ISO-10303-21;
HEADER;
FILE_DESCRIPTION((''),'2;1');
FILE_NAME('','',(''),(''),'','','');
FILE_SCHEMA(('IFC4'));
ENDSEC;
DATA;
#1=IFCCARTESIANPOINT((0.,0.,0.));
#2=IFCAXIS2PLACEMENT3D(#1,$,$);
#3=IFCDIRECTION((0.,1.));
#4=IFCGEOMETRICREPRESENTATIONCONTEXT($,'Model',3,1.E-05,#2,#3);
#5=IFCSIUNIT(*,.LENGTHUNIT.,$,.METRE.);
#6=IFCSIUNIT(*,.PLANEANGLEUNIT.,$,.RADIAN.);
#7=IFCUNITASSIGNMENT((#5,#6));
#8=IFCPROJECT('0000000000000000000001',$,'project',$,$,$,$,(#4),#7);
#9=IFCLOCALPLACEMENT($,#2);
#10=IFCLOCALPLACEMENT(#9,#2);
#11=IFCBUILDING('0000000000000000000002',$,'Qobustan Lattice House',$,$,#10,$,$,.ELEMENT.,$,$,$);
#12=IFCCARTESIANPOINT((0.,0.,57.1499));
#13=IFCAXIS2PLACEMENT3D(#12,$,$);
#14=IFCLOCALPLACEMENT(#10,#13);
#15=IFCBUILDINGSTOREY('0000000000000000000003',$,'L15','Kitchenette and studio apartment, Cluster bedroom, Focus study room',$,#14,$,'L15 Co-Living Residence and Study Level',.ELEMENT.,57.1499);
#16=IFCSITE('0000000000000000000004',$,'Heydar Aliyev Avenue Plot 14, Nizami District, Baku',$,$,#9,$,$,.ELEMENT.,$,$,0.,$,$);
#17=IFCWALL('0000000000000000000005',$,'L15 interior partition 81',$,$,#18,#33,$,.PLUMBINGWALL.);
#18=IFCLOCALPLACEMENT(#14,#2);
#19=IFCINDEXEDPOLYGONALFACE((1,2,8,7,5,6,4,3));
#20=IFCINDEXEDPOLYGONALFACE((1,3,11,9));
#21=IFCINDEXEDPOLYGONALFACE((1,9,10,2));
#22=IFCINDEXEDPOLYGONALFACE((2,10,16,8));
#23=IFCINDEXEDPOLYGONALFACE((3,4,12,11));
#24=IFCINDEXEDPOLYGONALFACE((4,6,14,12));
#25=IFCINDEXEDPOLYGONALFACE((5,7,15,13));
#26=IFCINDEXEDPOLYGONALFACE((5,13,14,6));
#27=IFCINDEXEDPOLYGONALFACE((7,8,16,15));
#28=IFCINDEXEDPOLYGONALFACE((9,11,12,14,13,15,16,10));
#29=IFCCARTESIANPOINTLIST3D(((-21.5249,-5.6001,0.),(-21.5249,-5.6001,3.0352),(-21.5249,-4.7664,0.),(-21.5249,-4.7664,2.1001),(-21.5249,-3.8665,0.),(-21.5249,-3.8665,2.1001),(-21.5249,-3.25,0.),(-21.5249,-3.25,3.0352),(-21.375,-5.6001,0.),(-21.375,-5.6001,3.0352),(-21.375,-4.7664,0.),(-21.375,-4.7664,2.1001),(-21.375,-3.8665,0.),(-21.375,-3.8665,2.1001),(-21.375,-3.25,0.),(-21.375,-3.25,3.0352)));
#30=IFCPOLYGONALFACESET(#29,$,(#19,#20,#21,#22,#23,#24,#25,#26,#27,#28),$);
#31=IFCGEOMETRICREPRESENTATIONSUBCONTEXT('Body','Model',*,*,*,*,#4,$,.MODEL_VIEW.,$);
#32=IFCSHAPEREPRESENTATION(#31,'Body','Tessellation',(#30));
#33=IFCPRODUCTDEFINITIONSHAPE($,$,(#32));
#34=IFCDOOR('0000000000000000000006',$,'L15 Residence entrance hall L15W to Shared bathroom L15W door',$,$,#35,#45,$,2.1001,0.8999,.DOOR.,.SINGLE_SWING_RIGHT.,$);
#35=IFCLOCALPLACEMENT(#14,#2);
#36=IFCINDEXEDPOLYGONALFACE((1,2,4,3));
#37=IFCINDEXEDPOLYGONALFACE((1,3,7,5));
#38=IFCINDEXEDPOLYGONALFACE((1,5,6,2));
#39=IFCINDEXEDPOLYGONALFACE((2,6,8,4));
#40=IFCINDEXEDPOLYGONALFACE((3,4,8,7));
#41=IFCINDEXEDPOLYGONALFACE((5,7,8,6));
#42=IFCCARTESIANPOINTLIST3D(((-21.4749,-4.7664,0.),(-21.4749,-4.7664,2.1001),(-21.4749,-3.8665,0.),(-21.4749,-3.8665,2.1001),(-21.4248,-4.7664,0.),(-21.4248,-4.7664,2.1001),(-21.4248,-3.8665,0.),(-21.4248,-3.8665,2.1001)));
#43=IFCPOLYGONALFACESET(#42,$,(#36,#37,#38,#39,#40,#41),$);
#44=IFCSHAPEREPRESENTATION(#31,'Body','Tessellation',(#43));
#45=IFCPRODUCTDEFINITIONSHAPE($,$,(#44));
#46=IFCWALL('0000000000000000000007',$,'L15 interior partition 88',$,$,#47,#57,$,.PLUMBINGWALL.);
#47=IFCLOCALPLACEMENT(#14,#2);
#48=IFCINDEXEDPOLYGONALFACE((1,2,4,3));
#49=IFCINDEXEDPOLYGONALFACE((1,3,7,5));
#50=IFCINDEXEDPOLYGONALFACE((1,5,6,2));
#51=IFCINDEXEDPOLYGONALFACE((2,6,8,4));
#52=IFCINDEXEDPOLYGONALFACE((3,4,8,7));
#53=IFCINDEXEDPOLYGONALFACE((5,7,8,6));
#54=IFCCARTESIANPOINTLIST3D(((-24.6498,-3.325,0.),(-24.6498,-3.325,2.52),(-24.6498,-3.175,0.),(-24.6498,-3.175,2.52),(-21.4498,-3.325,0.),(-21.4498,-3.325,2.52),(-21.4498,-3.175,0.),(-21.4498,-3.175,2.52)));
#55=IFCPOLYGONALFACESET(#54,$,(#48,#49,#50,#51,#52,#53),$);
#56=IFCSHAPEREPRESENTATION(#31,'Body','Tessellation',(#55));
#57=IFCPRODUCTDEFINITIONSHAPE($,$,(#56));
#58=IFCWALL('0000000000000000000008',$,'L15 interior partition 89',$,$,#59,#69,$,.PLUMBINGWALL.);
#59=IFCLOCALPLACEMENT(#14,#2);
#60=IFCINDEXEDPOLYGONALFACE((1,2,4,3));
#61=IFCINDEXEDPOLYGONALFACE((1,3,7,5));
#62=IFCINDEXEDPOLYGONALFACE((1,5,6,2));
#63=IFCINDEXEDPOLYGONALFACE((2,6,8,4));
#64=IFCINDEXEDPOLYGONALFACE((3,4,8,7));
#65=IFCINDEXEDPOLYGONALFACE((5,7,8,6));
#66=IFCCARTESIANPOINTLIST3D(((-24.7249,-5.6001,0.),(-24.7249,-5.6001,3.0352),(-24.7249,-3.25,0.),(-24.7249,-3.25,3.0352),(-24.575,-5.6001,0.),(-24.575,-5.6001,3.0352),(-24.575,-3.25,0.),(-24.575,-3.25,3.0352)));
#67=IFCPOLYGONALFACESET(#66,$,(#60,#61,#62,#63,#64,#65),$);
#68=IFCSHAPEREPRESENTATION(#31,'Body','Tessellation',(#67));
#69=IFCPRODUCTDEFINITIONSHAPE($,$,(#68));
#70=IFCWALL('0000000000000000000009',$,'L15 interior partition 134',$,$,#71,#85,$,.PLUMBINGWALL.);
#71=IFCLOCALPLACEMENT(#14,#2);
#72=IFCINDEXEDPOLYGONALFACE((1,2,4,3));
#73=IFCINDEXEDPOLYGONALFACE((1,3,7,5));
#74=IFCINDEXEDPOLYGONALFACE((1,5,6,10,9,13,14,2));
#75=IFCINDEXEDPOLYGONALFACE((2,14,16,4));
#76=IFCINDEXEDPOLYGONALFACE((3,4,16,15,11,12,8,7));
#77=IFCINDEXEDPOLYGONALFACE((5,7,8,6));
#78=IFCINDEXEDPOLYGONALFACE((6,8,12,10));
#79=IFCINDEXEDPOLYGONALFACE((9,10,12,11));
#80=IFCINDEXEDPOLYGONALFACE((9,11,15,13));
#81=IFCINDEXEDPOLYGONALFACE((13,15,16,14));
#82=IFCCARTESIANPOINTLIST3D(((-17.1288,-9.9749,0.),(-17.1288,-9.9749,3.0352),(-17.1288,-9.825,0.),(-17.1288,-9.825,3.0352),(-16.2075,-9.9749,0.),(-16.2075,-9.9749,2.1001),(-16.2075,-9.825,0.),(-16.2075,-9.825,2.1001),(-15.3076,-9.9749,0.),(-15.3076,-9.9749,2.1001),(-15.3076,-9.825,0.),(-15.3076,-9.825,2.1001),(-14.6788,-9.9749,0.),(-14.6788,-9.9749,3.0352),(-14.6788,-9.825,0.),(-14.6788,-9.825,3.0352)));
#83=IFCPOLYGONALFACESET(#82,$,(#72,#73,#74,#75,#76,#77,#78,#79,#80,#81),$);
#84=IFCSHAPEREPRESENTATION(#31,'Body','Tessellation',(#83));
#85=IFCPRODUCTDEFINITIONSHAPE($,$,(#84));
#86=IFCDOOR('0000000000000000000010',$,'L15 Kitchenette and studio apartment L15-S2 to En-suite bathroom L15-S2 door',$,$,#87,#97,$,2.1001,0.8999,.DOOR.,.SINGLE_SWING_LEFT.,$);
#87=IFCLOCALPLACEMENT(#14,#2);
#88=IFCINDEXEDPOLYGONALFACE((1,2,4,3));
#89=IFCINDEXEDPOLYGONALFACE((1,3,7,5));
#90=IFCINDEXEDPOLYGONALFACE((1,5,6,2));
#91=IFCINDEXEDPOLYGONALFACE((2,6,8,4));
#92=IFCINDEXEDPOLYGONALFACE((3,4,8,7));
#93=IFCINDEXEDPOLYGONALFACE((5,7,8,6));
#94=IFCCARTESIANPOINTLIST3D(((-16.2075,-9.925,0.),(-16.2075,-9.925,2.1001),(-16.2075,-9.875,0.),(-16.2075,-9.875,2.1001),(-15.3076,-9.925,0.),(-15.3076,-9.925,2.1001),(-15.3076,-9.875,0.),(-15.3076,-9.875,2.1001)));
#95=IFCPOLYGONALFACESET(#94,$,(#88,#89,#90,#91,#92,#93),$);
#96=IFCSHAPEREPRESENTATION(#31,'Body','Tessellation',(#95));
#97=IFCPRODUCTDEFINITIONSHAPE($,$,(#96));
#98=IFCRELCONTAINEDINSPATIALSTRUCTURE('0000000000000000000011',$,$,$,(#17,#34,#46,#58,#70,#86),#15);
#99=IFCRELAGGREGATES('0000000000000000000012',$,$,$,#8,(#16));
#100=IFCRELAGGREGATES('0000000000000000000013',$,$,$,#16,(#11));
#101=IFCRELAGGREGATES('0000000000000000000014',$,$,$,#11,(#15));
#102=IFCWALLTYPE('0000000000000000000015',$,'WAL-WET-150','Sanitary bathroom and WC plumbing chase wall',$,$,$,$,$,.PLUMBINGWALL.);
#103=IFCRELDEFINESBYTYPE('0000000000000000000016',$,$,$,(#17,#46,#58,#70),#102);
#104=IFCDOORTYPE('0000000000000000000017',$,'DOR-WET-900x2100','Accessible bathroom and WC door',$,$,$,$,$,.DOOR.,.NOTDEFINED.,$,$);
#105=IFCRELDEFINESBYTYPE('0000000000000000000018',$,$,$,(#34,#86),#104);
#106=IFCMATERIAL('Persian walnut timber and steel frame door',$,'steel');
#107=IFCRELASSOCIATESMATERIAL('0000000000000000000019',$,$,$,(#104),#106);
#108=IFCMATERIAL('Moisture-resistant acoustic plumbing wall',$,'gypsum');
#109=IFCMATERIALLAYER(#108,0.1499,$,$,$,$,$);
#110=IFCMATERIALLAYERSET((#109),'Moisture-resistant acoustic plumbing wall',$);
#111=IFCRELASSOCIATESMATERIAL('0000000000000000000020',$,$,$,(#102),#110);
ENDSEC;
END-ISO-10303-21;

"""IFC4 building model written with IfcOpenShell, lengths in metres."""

from ifc_helpers import new_model, si_unit, direction, frame, frame_2d, origin, place, context, subcontext, project, spatial, rectangle, extrude, material, layer, layer_set, type_object, element, fill, save


model = new_model("IFC4")

# Units and contexts
model_context = context("Model", 3, precision=1e-05, world=origin(), true_north=direction((0.0, 1.0)))
body_context = subcontext(model_context, "Body", "Model", "MODEL_VIEW")
ifc_project = project(units=[si_unit("LENGTHUNIT", "METRE"), si_unit("PLANEANGLEUNIT", "RADIAN")], contexts=[model_context])

# Site, building, storey
site_placement = place(None, origin())
site = spatial("IfcSite", under=ifc_project, at=site_placement, Name="Heydar Aliyev Avenue Plot 14, Nizami District, Baku", CompositionType="ELEMENT", RefElevation=0.0)
building_placement = place(site_placement, origin())
building = spatial("IfcBuilding", under=site, at=building_placement, Name="Qobustan Lattice House", CompositionType="ELEMENT")
storey_placement = place(building_placement, frame((0.0, 0.0, 57.1499)))
storey = spatial("IfcBuildingStorey", under=building, at=storey_placement, Name="L15", Description="Kitchenette and studio apartment, Cluster bedroom, Focus study room", LongName="L15 Co-Living Residence and Study Level", CompositionType="ELEMENT", Elevation=57.1499)

# Shared definitions
ifc_material_1 = material(Name="Persian walnut timber and steel frame door", Category="steel")
door_type_1 = type_object("IfcDoorType", Name="DOR-WET-900x2100", Description="Accessible bathroom and WC door", OperationType="NOTDEFINED", PredefinedType="DOOR", material=ifc_material_1)

# Shared definitions
ifc_material_2 = material(Name="Moisture-resistant acoustic plumbing wall", Category="gypsum")
ifc_layer_1 = layer(ifc_material_2, 0.1499)
ifc_layer_set_1 = layer_set([ifc_layer_1], Name="Moisture-resistant acoustic plumbing wall")
wall_type_1 = type_object("IfcWallType", Name="WAL-WET-150", Description="Sanitary bathroom and WC plumbing chase wall", PredefinedType="PLUMBINGWALL", material=ifc_layer_set_1)

# Wall, opening, door
wall_1_placement = place(storey_placement, frame((-21.45, -5.6001, 0.0), z_axis=(0.0, 0.0, 1.0), x_axis=(0.0, 1.0, 0.0)))
wall_1 = element("IfcWall", 1, at=wall_1_placement, inside=storey, type_object=wall_type_1, Name="L15 interior partition 81", PredefinedType="PLUMBINGWALL", context=body_context, shape_type="SweptSolid", body=[
    extrude(rectangle(XDim=2.3501, YDim=0.1499, at=frame_2d((1.175, 0.0))), origin(), (0.0, 0.0, 1.0), 3.0352),
])
opening_1_placement = place(wall_1_placement, frame((0.8337, 0.0, 0.0)))
opening_1 = element("IfcOpeningElement", 2, at=opening_1_placement, cuts=wall_1, PredefinedType="OPENING", context=body_context, shape_type="SweptSolid", body=[
    extrude(rectangle(XDim=0.8999, YDim=2.1001, at=frame_2d((0.45, 1.05))), frame((0.0, 0.085, 0.0), z_axis=(0.0, -1.0, 0.0), x_axis=(1.0, 0.0, 0.0)), (0.0, 0.0, 1.0), 0.1699),
])
door_1_placement = place(opening_1_placement, origin())
door_1 = element("IfcDoor", 3, at=door_1_placement, inside=storey, type_object=door_type_1, Name="L15 Residence entrance hall L15W to Shared bathroom L15W door", OperationType="SINGLE_SWING_RIGHT", OverallHeight=2.1001, OverallWidth=0.8999, PredefinedType="DOOR", context=body_context, shape_type="SweptSolid", body=[
    extrude(rectangle(XDim=0.8999, YDim=2.1001, at=frame_2d((0.45, 1.05))), frame((0.0, 0.0249, 0.0), z_axis=(0.0, -1.0, 0.0), x_axis=(1.0, 0.0, 0.0)), (0.0, 0.0, 1.0), 0.05),
])
fill(opening_1, door_1)

# Walls
wall_2_placement = place(storey_placement, frame((-24.6499, -3.25, 0.0), z_axis=(0.0, 0.0, 1.0), x_axis=(1.0, 0.0, 0.0)))
element("IfcWall", 4, at=wall_2_placement, inside=storey, type_object=wall_type_1, Name="L15 interior partition 88", PredefinedType="PLUMBINGWALL", context=body_context, shape_type="SweptSolid", body=[
    extrude(rectangle(XDim=3.2, YDim=0.1499, at=frame_2d((1.6001, 0.0))), origin(), (0.0, 0.0, 1.0), 2.52),
])
wall_3_placement = place(storey_placement, frame((-24.6499, -5.6001, 0.0), z_axis=(0.0, 0.0, 1.0), x_axis=(0.0, 1.0, 0.0)))
element("IfcWall", 5, at=wall_3_placement, inside=storey, type_object=wall_type_1, Name="L15 interior partition 89", PredefinedType="PLUMBINGWALL", context=body_context, shape_type="SweptSolid", body=[
    extrude(rectangle(XDim=2.3501, YDim=0.1499, at=frame_2d((1.175, 0.0))), origin(), (0.0, 0.0, 1.0), 3.0352),
])

# Wall, opening, door
wall_4_placement = place(storey_placement, frame((-17.1289, -9.8999, 0.0), z_axis=(0.0, 0.0, 1.0), x_axis=(1.0, 0.0, 0.0)))
wall_4 = element("IfcWall", 6, at=wall_4_placement, inside=storey, type_object=wall_type_1, Name="L15 interior partition 134", PredefinedType="PLUMBINGWALL", context=body_context, shape_type="SweptSolid", body=[
    extrude(rectangle(XDim=2.45, YDim=0.1499, at=frame_2d((1.2251, 0.0))), origin(), (0.0, 0.0, 1.0), 3.0352),
])
opening_2_placement = place(wall_4_placement, frame((0.9214, 0.0, 0.0)))
opening_2 = element("IfcOpeningElement", 7, at=opening_2_placement, cuts=wall_4, PredefinedType="OPENING", context=body_context, shape_type="SweptSolid", body=[
    extrude(rectangle(XDim=0.8999, YDim=2.1001, at=frame_2d((0.45, 1.05))), frame((0.0, 0.085, 0.0), z_axis=(0.0, -1.0, 0.0), x_axis=(1.0, 0.0, 0.0)), (0.0, 0.0, 1.0), 0.1699),
])
door_2_placement = place(opening_2_placement, origin())
door_2 = element("IfcDoor", 8, at=door_2_placement, inside=storey, type_object=door_type_1, Name="L15 Kitchenette and studio apartment L15-S2 to En-suite bathroom L15-S2 door", OperationType="SINGLE_SWING_LEFT", OverallHeight=2.1001, OverallWidth=0.8999, PredefinedType="DOOR", context=body_context, shape_type="SweptSolid", body=[
    extrude(rectangle(XDim=0.8999, YDim=2.1001, at=frame_2d((0.45, 1.05))), frame((0.0, 0.0249, 0.0), z_axis=(0.0, -1.0, 0.0), x_axis=(1.0, 0.0, 0.0)), (0.0, 0.0, 1.0), 0.05),
])
fill(opening_2, door_2)

save(model, "model.ifc")
